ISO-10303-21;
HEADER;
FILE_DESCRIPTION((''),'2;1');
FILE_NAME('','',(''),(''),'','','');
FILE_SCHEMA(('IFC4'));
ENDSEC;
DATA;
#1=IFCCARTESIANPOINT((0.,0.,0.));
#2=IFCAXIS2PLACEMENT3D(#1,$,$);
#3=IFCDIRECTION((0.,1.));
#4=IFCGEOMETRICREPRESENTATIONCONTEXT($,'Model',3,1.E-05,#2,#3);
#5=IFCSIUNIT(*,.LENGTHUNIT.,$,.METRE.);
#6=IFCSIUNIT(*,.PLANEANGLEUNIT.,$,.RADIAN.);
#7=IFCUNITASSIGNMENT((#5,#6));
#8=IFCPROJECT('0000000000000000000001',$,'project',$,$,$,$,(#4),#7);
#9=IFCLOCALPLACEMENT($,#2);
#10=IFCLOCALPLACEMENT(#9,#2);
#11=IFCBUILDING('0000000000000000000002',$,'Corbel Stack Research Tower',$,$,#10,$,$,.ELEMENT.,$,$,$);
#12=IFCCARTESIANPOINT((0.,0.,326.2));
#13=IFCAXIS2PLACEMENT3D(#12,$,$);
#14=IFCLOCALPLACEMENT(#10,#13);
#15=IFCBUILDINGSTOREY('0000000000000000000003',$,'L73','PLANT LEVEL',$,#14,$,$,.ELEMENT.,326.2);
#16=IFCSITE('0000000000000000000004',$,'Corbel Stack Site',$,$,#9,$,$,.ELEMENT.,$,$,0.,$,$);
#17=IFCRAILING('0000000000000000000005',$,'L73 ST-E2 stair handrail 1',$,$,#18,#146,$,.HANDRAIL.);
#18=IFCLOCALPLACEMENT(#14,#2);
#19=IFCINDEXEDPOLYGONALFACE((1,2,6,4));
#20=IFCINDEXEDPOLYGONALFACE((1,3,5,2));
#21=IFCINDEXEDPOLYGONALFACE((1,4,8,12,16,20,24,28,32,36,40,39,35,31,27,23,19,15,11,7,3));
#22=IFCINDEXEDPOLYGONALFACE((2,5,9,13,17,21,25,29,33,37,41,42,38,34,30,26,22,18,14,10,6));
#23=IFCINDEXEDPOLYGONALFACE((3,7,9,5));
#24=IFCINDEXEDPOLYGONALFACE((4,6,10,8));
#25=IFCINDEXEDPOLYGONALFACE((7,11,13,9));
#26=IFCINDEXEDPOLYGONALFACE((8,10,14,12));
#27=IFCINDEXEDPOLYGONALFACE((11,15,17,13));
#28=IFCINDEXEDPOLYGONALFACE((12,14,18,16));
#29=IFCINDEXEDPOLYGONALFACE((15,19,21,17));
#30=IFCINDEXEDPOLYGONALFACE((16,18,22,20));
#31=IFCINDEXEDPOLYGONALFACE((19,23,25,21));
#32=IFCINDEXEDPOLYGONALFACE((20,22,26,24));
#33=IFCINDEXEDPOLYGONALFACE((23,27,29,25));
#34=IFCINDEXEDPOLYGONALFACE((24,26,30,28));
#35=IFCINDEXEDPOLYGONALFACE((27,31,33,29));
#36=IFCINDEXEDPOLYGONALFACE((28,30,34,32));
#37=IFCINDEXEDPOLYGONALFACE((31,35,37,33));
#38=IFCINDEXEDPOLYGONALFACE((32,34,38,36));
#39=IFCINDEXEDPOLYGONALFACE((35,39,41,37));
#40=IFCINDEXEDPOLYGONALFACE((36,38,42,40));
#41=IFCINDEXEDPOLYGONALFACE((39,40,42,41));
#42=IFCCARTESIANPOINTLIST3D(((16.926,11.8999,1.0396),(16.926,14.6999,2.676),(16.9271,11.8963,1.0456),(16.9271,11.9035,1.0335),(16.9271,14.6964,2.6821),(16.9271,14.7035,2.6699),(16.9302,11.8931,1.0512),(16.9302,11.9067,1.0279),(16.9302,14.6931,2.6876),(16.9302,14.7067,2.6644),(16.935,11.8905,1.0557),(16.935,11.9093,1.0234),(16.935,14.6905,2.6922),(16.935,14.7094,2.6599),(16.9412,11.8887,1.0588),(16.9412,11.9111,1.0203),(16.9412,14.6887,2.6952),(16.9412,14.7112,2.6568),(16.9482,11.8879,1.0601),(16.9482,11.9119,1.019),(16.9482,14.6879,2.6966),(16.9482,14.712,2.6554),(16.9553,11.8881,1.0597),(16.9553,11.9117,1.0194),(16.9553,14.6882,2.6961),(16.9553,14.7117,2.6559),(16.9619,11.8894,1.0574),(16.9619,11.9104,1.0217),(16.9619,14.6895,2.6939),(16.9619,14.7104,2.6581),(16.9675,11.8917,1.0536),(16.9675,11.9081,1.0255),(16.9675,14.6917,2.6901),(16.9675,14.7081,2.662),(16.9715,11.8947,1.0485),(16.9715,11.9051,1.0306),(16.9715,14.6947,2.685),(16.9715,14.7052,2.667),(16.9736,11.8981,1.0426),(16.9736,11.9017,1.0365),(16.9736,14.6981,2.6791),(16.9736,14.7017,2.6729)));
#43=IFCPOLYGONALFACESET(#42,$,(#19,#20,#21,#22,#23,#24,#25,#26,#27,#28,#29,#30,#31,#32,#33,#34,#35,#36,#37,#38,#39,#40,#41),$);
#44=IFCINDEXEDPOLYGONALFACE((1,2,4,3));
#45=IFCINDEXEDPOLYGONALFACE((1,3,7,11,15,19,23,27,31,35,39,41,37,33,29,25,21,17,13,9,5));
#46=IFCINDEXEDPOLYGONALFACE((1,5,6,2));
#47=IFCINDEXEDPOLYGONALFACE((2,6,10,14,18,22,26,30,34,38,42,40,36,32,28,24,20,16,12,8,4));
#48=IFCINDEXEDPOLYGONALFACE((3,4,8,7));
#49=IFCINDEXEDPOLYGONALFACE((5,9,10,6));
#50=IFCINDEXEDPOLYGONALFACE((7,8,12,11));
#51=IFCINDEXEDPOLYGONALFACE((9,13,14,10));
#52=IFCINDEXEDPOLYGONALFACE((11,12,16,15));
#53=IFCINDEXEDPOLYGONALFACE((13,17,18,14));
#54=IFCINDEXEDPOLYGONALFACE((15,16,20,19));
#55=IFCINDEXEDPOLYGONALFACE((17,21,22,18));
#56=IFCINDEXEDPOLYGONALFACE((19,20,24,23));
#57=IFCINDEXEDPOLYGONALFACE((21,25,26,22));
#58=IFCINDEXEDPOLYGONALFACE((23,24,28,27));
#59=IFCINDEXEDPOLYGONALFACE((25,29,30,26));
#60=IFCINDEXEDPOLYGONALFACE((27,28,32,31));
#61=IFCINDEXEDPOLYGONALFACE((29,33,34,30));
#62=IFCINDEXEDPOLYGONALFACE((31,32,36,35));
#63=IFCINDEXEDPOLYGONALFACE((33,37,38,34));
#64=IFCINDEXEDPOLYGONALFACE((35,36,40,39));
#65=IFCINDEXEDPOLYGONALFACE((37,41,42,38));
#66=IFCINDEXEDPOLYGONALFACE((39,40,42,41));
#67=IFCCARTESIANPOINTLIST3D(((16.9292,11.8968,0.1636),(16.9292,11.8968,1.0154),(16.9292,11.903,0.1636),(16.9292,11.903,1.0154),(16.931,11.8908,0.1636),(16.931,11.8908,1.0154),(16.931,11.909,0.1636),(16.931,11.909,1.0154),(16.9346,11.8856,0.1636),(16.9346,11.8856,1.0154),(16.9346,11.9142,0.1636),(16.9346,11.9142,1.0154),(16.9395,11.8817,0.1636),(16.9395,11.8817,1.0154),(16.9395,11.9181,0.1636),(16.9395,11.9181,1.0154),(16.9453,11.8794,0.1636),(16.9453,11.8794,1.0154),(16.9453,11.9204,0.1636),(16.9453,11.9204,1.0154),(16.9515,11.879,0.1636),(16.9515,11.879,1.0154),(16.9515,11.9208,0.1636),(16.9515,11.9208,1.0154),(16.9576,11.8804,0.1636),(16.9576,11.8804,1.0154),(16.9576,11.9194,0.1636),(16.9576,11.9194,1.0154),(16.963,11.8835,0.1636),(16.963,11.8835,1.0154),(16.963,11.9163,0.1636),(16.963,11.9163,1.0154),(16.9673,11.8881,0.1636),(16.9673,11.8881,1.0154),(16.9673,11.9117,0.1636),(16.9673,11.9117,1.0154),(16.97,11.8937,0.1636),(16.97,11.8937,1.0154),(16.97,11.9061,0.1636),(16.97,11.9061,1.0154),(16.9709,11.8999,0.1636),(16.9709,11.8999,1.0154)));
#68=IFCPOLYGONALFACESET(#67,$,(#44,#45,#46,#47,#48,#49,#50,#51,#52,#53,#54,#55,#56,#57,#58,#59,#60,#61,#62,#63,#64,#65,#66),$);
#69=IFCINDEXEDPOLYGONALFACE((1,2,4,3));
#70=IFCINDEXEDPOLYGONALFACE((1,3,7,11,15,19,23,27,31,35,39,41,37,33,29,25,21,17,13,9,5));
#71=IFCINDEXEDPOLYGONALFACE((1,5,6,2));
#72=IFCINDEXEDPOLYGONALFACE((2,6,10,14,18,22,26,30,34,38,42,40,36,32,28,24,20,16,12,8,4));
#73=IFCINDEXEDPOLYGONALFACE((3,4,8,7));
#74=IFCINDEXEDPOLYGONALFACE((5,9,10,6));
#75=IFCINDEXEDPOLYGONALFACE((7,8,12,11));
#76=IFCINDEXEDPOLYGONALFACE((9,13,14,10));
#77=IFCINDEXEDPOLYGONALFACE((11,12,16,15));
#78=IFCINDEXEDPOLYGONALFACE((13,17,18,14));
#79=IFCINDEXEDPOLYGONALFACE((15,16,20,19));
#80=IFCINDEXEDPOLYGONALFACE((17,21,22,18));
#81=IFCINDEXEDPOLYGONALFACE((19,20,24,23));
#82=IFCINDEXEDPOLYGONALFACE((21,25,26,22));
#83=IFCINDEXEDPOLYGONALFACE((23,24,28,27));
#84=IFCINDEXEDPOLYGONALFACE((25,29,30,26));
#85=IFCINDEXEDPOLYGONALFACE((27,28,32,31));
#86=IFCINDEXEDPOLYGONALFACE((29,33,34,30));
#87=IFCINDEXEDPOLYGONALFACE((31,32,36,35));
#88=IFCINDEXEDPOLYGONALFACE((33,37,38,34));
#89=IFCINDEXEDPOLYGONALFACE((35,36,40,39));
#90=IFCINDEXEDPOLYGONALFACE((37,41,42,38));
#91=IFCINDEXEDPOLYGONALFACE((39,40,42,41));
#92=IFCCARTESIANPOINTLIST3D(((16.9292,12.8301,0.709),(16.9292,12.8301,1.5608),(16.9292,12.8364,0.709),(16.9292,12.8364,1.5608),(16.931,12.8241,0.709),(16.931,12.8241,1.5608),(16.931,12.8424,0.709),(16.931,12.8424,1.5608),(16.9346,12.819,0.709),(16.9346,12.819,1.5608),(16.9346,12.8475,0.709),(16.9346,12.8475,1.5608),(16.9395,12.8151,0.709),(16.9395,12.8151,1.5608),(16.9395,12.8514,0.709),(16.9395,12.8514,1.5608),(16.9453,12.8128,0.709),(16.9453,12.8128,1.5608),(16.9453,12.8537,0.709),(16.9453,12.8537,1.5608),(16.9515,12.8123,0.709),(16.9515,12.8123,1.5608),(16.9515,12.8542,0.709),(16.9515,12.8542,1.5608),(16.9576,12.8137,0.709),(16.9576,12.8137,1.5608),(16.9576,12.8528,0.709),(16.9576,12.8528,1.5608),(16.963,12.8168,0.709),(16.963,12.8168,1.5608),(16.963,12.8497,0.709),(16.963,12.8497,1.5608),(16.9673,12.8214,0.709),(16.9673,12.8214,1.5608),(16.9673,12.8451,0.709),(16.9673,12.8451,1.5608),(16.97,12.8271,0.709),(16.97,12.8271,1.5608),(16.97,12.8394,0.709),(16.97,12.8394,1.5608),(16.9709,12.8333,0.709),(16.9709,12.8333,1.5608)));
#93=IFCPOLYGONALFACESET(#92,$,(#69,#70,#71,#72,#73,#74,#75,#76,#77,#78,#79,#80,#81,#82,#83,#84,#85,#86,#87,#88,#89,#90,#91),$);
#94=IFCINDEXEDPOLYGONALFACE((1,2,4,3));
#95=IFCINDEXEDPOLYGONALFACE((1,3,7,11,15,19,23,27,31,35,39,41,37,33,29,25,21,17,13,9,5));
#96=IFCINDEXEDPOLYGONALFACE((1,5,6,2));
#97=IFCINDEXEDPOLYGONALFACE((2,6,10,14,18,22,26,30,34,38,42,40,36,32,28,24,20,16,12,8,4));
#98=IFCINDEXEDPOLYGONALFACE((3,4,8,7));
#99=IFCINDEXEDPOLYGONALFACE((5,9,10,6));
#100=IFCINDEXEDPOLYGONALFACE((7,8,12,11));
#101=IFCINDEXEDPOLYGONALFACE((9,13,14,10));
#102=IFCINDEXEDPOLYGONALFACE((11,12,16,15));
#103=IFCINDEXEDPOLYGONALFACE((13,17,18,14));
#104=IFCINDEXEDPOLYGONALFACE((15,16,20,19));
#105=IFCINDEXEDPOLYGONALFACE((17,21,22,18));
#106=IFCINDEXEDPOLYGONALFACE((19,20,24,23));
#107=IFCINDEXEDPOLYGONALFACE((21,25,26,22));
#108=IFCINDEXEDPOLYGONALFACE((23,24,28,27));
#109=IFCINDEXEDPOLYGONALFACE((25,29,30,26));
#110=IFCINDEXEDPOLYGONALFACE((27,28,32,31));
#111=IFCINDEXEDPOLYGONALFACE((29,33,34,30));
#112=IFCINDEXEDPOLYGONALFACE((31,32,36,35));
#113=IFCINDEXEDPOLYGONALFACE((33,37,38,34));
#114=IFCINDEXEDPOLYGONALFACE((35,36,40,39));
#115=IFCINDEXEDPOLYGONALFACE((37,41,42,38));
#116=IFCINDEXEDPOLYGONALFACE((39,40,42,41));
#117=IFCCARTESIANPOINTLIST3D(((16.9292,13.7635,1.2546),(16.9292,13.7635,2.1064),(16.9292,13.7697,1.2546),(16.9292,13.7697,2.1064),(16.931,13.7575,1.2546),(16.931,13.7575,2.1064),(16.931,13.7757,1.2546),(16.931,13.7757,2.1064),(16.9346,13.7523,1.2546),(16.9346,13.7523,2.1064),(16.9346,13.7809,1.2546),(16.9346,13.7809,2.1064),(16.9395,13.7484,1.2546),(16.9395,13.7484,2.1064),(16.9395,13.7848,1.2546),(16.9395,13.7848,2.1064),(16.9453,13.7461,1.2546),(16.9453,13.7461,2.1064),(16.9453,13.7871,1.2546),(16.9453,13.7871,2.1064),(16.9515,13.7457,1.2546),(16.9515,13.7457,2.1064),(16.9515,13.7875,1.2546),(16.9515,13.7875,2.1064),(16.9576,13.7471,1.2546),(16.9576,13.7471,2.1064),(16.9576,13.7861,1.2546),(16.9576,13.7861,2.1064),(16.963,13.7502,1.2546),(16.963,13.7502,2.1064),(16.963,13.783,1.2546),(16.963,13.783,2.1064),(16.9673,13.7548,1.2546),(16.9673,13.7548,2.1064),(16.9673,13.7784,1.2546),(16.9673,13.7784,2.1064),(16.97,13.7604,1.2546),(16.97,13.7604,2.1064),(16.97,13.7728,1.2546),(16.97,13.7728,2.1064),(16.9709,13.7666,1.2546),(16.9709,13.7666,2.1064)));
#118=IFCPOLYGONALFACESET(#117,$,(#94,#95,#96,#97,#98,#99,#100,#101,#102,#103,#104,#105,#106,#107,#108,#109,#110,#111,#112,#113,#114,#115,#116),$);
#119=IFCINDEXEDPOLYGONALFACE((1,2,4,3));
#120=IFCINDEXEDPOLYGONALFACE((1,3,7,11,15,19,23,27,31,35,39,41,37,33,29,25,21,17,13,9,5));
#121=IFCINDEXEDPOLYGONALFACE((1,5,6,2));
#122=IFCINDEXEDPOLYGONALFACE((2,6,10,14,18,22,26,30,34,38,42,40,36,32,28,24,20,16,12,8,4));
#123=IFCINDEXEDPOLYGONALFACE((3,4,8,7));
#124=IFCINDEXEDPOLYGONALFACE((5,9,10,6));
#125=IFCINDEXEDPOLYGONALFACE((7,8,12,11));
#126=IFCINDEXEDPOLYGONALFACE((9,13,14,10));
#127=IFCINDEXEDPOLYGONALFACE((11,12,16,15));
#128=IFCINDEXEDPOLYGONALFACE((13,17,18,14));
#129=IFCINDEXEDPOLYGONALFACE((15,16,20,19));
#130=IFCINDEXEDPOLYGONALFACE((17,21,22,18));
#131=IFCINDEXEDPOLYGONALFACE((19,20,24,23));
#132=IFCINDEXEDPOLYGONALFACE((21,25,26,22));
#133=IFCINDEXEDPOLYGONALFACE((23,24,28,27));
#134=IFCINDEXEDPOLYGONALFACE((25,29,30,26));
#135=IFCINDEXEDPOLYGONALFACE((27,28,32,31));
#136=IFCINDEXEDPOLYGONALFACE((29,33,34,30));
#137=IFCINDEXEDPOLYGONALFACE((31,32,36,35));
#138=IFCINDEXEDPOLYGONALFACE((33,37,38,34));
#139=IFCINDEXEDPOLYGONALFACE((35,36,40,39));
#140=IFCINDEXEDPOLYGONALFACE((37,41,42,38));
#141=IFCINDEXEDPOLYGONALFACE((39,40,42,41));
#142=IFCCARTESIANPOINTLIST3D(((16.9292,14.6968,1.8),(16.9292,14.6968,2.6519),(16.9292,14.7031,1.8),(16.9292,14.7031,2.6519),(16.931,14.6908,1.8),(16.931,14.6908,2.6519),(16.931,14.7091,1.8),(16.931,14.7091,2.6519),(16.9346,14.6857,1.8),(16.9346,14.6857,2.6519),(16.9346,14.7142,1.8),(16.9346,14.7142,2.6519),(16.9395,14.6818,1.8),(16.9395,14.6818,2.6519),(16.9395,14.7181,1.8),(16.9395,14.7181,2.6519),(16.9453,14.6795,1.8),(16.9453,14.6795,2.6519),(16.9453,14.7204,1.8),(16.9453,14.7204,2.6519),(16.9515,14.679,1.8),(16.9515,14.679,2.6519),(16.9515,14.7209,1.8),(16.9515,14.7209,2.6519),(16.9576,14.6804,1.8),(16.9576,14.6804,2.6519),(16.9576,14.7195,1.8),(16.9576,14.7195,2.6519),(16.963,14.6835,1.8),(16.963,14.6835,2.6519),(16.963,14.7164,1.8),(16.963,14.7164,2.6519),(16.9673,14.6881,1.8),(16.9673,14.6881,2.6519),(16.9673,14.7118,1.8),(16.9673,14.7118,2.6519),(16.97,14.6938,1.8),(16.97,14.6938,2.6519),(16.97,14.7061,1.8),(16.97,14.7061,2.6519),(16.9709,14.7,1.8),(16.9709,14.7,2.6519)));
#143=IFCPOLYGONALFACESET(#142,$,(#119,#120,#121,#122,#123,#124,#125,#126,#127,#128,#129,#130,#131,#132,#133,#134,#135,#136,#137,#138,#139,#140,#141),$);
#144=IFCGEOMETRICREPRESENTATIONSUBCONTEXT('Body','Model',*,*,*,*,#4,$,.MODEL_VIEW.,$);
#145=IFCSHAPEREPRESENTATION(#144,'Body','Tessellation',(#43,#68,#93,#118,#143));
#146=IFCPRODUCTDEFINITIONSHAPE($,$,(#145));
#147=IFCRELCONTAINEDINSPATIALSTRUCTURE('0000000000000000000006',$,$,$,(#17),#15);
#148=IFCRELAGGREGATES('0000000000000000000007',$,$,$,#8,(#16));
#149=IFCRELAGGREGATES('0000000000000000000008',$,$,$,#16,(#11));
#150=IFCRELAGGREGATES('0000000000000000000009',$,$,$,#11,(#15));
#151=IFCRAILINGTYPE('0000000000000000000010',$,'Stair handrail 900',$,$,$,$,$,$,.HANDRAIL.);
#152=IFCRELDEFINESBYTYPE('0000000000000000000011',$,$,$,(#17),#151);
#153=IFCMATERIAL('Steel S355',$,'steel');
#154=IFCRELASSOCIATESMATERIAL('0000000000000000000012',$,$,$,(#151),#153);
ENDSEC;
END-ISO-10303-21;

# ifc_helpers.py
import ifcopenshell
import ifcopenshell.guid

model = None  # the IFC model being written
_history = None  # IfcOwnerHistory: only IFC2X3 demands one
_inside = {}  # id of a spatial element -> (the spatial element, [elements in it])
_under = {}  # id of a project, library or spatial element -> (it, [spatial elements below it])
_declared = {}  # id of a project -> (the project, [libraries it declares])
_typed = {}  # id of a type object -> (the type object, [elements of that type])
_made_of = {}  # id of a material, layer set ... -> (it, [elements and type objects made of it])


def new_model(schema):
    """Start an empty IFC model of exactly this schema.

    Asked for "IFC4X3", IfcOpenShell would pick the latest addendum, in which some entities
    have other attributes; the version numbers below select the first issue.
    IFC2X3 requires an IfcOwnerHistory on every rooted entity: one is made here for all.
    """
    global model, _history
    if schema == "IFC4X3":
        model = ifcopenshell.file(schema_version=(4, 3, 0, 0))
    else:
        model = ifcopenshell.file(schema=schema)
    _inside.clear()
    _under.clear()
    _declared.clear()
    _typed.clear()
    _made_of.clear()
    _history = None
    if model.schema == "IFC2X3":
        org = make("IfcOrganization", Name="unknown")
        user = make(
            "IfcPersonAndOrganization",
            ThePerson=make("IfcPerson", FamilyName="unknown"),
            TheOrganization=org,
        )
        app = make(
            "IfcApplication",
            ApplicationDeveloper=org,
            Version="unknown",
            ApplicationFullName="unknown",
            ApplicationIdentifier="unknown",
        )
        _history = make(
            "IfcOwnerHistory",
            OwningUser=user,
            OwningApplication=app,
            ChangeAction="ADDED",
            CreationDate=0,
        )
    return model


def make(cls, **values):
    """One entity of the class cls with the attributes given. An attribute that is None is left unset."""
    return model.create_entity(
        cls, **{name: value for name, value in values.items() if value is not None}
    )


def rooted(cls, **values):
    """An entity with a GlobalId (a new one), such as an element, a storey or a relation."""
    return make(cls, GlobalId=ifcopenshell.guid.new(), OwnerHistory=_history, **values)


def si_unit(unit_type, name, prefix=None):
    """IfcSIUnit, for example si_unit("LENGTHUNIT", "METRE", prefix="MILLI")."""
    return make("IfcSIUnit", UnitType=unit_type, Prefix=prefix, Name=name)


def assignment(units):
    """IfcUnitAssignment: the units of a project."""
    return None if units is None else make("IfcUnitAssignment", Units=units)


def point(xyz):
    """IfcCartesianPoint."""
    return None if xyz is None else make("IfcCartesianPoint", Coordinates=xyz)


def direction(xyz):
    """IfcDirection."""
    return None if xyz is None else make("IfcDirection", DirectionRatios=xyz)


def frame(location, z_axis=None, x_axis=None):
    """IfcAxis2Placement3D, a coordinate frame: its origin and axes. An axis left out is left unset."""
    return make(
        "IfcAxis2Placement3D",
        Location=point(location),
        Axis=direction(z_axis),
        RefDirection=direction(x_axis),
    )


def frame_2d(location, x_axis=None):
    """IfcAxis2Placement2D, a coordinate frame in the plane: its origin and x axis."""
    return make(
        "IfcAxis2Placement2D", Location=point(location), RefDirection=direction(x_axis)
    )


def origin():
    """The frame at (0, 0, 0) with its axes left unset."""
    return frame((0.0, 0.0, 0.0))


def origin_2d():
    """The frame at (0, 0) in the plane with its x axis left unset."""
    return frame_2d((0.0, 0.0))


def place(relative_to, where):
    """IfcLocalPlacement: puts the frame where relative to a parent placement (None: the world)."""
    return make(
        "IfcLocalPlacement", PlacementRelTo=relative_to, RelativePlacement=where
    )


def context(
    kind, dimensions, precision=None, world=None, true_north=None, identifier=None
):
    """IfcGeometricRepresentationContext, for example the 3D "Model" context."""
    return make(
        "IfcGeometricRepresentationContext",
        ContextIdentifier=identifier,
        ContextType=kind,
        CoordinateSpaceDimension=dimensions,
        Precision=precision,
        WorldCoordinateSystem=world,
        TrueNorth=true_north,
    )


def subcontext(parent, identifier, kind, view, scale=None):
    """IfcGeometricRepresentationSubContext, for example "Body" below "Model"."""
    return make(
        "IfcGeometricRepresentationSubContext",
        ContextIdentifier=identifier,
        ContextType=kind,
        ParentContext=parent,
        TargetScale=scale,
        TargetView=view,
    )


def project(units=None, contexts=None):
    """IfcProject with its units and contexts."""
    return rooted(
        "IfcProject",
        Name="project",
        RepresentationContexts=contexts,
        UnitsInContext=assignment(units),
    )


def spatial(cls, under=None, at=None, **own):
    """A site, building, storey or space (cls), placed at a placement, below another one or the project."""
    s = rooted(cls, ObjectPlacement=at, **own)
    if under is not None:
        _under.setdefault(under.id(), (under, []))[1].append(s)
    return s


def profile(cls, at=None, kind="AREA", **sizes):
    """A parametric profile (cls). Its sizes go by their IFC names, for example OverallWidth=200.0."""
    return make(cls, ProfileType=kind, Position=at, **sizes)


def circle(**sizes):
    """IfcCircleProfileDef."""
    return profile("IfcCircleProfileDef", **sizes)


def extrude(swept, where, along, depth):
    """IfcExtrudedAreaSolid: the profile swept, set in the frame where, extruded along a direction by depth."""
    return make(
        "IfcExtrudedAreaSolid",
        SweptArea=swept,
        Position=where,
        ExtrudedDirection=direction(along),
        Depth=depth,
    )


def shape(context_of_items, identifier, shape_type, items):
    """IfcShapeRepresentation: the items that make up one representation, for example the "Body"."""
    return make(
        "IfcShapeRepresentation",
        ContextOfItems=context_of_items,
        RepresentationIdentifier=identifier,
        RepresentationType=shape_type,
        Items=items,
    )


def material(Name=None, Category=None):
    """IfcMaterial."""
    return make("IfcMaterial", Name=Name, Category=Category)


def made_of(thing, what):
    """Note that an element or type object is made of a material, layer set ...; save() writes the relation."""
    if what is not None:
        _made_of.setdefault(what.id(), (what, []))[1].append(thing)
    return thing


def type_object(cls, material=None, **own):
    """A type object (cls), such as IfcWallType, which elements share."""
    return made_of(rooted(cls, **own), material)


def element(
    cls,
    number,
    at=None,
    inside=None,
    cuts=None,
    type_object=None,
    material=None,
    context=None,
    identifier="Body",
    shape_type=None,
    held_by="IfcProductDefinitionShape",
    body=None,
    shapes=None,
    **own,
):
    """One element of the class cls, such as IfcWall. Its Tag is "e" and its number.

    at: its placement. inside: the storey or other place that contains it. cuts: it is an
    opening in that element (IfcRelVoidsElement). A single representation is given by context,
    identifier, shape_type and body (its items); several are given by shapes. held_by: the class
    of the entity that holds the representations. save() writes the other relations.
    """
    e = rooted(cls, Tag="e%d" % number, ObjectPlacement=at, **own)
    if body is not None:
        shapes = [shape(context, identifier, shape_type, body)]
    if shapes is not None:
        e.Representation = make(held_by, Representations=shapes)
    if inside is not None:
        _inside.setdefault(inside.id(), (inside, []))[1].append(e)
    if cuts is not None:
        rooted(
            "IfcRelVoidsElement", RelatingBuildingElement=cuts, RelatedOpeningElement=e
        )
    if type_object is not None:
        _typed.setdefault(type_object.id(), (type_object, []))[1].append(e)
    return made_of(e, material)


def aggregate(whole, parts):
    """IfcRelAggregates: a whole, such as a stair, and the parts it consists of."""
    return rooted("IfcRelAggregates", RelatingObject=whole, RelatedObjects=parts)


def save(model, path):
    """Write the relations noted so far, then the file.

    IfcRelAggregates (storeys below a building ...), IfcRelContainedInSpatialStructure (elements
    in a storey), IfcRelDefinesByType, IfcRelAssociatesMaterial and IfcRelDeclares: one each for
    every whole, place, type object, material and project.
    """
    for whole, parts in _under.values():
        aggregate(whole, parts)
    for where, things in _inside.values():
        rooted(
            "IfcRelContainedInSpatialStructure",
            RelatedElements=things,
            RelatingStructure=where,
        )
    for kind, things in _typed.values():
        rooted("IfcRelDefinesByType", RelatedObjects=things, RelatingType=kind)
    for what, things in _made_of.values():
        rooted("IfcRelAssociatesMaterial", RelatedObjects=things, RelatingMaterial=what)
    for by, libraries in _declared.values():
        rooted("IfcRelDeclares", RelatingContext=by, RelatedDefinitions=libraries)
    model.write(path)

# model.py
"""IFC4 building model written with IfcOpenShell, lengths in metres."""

from ifc_helpers import new_model, si_unit, direction, frame, origin, origin_2d, place, context, subcontext, project, spatial, circle, extrude, material, type_object, element, save


model = new_model("IFC4")

# Units and contexts
model_context = context("Model", 3, precision=1e-05, world=origin(), true_north=direction((0.0, 1.0)))
body_context = subcontext(model_context, "Body", "Model", "MODEL_VIEW")
ifc_project = project(units=[si_unit("LENGTHUNIT", "METRE"), si_unit("PLANEANGLEUNIT", "RADIAN")], contexts=[model_context])

# Site, building, storey
site_placement = place(None, origin())
site = spatial("IfcSite", under=ifc_project, at=site_placement, Name="Corbel Stack Site", CompositionType="ELEMENT", RefElevation=0.0)
building_placement = place(site_placement, origin())
building = spatial("IfcBuilding", under=site, at=building_placement, Name="Corbel Stack Research Tower", CompositionType="ELEMENT")
storey_placement = place(building_placement, frame((0.0, 0.0, 326.2)))
storey = spatial("IfcBuildingStorey", under=building, at=storey_placement, Name="L73", Description="PLANT LEVEL", CompositionType="ELEMENT", Elevation=326.2)

# Railing
ifc_material_1 = material(Name="Steel S355", Category="steel")
railing_type_1 = type_object("IfcRailingType", Name="Stair handrail 900", PredefinedType="HANDRAIL", material=ifc_material_1)
railing_1_placement = place(storey_placement, frame((16.95, 11.8999, 0.1636)))
element("IfcRailing", 1, at=railing_1_placement, inside=storey, type_object=railing_type_1, Name="L73 ST-E2 stair handrail 1", PredefinedType="HANDRAIL", context=body_context, shape_type="SweptSolid", body=[
    extrude(circle(Radius=0.0239, at=origin_2d()), frame((0.0, 0.0, 0.876), z_axis=(0.0, 0.863361, 0.504587), x_axis=(-1.0, 0.0, 0.0)), (0.0, 0.0, 1.0), 3.2432),
    extrude(circle(Radius=0.021, at=origin_2d()), origin(), (0.0, 0.0, 1.0), 0.8518),
    extrude(circle(Radius=0.021, at=origin_2d()), frame((0.0, 0.9333, 0.5454)), (0.0, 0.0, 1.0), 0.8518),
    extrude(circle(Radius=0.021, at=origin_2d()), frame((0.0, 1.8667, 1.0911)), (0.0, 0.0, 1.0), 0.8518),
    extrude(circle(Radius=0.021, at=origin_2d()), frame((0.0, 2.8, 1.6365)), (0.0, 0.0, 1.0), 0.8518),
])

save(model, "model.ifc")
